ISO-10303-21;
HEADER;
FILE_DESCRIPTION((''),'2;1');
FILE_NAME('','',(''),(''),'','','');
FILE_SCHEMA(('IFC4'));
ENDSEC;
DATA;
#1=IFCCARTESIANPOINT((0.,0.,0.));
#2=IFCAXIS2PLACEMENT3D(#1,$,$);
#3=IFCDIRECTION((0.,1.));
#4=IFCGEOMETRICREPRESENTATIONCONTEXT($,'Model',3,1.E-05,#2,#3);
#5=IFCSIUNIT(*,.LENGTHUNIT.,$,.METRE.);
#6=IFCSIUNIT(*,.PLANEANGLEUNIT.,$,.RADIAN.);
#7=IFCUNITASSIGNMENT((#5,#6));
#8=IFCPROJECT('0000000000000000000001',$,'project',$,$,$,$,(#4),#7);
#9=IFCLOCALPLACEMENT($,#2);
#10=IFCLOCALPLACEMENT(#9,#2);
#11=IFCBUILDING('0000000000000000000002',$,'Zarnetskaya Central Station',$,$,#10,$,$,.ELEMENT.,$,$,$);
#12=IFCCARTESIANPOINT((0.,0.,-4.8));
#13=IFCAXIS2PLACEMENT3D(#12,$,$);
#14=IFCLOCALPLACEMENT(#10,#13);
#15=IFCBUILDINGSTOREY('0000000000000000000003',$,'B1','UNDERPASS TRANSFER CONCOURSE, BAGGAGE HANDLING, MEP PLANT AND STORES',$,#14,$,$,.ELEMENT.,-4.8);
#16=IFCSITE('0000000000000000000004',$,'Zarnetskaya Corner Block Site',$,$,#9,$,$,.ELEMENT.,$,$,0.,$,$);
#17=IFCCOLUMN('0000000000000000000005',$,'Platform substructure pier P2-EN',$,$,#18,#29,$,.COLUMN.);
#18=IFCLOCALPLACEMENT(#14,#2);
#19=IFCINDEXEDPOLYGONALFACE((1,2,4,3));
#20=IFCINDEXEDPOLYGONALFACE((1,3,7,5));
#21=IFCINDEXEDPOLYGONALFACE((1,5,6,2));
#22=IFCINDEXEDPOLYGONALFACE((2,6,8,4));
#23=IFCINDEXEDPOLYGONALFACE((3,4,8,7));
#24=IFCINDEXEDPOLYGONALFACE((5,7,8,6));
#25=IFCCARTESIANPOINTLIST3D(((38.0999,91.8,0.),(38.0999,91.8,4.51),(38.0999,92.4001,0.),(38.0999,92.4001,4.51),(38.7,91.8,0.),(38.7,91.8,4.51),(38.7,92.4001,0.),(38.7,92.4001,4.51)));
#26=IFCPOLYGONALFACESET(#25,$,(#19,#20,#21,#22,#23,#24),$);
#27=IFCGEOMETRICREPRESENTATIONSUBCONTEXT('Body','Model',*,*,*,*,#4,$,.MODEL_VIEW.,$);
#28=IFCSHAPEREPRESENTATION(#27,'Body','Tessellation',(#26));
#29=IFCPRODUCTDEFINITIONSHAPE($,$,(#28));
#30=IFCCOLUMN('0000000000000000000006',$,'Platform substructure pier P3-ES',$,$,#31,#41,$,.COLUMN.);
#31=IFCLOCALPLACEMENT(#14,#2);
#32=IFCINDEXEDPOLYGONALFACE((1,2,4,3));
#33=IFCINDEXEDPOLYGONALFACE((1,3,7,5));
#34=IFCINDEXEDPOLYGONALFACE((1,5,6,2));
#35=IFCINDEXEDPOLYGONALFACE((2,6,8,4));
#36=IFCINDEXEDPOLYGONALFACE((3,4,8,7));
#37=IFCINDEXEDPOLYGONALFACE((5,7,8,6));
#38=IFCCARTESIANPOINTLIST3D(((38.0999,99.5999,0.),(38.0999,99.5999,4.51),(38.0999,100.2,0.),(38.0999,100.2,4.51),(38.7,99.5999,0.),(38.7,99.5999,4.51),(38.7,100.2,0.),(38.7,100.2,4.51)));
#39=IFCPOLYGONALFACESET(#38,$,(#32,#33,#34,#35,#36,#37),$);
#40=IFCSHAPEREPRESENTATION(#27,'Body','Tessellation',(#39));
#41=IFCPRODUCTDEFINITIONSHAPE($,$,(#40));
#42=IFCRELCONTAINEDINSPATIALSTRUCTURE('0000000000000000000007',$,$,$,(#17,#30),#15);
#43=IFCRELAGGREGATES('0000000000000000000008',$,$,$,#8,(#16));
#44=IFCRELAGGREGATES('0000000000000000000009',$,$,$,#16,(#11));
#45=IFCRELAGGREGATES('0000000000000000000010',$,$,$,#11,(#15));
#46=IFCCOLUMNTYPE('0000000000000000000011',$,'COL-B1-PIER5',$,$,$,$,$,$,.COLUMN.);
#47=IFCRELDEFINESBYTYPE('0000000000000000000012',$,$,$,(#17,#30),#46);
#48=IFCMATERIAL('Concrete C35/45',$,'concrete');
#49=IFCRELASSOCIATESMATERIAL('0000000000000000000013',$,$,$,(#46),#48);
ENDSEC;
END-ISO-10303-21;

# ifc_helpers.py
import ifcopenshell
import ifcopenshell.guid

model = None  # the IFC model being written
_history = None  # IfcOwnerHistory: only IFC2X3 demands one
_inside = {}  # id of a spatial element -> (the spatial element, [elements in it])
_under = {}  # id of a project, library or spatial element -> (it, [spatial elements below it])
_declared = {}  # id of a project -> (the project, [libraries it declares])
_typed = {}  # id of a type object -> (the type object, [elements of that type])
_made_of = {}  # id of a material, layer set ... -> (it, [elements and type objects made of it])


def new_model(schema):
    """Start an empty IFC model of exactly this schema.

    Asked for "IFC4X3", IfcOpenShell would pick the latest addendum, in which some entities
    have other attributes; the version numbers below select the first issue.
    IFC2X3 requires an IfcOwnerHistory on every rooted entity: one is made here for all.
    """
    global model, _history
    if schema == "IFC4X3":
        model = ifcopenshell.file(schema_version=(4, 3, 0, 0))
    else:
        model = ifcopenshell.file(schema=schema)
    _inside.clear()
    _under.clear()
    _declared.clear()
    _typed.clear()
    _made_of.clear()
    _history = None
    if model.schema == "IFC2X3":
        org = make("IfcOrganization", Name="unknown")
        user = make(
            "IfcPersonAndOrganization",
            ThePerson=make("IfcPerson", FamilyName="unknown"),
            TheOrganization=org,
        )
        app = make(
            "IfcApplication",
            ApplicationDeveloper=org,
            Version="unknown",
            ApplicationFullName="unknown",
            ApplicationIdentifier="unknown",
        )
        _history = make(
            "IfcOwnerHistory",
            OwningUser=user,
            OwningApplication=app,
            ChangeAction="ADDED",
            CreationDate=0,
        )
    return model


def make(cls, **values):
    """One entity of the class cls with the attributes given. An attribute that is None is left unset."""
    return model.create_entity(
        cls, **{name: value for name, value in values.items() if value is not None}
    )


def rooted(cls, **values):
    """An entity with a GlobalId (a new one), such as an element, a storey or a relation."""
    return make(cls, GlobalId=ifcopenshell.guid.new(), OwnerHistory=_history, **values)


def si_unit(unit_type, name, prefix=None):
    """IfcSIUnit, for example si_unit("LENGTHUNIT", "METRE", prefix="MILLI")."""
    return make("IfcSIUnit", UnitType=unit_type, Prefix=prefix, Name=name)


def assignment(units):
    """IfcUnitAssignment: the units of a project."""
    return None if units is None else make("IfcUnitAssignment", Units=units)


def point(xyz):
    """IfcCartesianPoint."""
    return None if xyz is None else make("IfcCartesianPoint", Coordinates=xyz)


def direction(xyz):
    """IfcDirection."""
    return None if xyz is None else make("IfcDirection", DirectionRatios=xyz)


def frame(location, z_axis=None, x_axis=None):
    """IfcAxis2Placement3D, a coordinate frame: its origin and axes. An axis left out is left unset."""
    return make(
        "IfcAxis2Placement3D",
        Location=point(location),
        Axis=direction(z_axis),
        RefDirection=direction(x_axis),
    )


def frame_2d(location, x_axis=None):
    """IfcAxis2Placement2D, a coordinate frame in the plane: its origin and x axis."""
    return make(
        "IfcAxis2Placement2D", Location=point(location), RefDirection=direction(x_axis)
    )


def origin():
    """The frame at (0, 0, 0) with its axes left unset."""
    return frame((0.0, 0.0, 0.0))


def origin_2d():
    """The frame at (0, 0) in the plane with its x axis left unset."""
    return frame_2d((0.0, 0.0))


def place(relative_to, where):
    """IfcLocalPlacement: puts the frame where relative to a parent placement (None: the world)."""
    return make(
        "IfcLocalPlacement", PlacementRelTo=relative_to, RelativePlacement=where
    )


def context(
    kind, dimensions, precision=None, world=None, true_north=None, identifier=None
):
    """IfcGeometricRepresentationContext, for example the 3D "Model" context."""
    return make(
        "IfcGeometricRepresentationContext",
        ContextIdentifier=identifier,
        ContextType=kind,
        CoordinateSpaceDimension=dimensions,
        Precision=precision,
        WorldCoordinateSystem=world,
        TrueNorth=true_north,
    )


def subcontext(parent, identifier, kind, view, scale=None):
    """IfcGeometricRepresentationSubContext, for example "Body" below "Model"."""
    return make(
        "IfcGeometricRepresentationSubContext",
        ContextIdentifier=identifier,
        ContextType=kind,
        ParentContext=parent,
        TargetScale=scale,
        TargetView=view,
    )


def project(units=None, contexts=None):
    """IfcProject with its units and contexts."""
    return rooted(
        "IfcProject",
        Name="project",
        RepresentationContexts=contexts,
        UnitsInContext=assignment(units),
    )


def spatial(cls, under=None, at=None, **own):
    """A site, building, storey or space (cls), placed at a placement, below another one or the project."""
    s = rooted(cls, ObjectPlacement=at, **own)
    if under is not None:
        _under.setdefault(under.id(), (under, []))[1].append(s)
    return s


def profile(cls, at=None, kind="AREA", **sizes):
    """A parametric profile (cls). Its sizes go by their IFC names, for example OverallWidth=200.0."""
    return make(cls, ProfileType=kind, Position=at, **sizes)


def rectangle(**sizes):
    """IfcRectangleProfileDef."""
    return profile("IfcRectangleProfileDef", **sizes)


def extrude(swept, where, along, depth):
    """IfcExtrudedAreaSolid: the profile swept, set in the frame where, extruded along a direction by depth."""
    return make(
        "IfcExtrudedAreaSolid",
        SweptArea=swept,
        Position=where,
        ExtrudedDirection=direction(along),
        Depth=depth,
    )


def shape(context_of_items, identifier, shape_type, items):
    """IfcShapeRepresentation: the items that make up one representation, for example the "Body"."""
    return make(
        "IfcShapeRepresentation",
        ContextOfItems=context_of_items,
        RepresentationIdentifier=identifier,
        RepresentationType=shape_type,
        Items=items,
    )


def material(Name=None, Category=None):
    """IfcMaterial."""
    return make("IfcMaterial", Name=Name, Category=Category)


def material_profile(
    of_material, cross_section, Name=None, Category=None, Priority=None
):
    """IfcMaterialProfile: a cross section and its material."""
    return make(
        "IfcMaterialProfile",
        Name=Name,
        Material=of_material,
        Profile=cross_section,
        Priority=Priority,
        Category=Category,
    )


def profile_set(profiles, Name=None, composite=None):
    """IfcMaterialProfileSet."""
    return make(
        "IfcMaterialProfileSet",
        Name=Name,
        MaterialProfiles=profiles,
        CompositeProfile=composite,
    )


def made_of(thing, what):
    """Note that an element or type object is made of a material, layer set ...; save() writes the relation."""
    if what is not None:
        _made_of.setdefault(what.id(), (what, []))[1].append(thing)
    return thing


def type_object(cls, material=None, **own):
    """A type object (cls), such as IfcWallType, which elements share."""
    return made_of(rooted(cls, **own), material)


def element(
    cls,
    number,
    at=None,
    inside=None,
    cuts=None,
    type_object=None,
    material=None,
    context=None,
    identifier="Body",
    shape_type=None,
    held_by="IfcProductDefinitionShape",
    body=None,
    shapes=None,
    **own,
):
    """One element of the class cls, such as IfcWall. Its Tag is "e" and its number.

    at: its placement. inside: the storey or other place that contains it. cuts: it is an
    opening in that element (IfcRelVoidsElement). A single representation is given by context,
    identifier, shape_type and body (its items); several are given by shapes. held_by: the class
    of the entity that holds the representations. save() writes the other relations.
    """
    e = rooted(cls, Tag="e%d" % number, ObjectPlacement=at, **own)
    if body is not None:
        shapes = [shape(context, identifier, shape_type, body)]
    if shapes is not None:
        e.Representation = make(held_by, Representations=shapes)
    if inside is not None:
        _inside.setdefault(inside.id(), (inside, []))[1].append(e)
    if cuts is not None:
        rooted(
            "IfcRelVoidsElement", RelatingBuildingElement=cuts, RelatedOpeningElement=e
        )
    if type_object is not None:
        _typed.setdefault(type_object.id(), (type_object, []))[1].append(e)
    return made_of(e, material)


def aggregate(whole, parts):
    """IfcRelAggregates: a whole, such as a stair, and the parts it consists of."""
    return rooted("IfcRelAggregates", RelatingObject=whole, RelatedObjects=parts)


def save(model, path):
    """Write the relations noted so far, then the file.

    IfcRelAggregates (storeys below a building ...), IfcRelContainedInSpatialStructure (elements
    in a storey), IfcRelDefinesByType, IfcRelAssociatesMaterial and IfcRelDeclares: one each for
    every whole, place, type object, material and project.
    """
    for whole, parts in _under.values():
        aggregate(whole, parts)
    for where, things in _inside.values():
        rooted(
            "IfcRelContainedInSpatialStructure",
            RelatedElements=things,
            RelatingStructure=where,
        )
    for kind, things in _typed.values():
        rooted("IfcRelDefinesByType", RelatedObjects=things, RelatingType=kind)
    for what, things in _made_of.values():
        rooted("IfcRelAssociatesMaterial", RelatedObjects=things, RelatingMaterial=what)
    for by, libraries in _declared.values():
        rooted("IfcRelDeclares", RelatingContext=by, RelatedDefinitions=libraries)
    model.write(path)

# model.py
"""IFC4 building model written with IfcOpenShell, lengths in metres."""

from ifc_helpers import new_model, si_unit, direction, frame, origin, origin_2d, place, context, subcontext, project, spatial, rectangle, extrude, material, material_profile, profile_set, type_object, element, save


model = new_model("IFC4")

# Units and contexts
model_context = context("Model", 3, precision=1e-05, world=origin(), true_north=direction((0.0, 1.0)))
body_context = subcontext(model_context, "Body", "Model", "MODEL_VIEW")
ifc_project = project(units=[si_unit("LENGTHUNIT", "METRE"), si_unit("PLANEANGLEUNIT", "RADIAN")], contexts=[model_context])

# Site, building, storey
site_placement = place(None, origin())
site = spatial("IfcSite", under=ifc_project, at=site_placement, Name="Zarnetskaya Corner Block Site", CompositionType="ELEMENT", RefElevation=0.0)
building_placement = place(site_placement, origin())
building = spatial("IfcBuilding", under=site, at=building_placement, Name="Zarnetskaya Central Station", CompositionType="ELEMENT")
storey_placement = place(building_placement, frame((0.0, 0.0, -4.8)))
storey = spatial("IfcBuildingStorey", under=building, at=storey_placement, Name="B1", Description="UNDERPASS TRANSFER CONCOURSE, BAGGAGE HANDLING, MEP PLANT AND STORES", CompositionType="ELEMENT", Elevation=-4.8)

# Shared definitions
ifc_material = material(Name="Concrete C35/45", Category="concrete")

# Columns
ifc_material_profile_1 = material_profile(ifc_material, rectangle(XDim=0.6001, YDim=0.6001, at=origin_2d()), Name="RC 600x600")
ifc_profile_set_1 = profile_set([ifc_material_profile_1], Name="Concrete C35/45")
column_type_1 = type_object("IfcColumnType", Name="COL-B1-PIER5", PredefinedType="COLUMN", material=ifc_profile_set_1)
for number, where, z_axis, x_axis, name in (
    (1, (38.3999, 92.1001, 0.0), (0.0, 0.0, 1.0), (1.0, 0.0, 0.0), "Platform substructure pier P2-EN"),
    (2, (38.3999, 99.8999, 0.0), (0.0, 0.0, 1.0), (1.0, 0.0, 0.0), "Platform substructure pier P3-ES"),
):
    element("IfcColumn", number, at=place(storey_placement, frame(where, z_axis=z_axis, x_axis=x_axis)), inside=storey, type_object=column_type_1, Name=name, PredefinedType="COLUMN", context=body_context, shape_type="SweptSolid", body=[
        extrude(rectangle(XDim=0.6001, YDim=0.6001, at=origin_2d()), origin(), (0.0, 0.0, 1.0), 4.51),
    ])

save(model, "model.ifc")
